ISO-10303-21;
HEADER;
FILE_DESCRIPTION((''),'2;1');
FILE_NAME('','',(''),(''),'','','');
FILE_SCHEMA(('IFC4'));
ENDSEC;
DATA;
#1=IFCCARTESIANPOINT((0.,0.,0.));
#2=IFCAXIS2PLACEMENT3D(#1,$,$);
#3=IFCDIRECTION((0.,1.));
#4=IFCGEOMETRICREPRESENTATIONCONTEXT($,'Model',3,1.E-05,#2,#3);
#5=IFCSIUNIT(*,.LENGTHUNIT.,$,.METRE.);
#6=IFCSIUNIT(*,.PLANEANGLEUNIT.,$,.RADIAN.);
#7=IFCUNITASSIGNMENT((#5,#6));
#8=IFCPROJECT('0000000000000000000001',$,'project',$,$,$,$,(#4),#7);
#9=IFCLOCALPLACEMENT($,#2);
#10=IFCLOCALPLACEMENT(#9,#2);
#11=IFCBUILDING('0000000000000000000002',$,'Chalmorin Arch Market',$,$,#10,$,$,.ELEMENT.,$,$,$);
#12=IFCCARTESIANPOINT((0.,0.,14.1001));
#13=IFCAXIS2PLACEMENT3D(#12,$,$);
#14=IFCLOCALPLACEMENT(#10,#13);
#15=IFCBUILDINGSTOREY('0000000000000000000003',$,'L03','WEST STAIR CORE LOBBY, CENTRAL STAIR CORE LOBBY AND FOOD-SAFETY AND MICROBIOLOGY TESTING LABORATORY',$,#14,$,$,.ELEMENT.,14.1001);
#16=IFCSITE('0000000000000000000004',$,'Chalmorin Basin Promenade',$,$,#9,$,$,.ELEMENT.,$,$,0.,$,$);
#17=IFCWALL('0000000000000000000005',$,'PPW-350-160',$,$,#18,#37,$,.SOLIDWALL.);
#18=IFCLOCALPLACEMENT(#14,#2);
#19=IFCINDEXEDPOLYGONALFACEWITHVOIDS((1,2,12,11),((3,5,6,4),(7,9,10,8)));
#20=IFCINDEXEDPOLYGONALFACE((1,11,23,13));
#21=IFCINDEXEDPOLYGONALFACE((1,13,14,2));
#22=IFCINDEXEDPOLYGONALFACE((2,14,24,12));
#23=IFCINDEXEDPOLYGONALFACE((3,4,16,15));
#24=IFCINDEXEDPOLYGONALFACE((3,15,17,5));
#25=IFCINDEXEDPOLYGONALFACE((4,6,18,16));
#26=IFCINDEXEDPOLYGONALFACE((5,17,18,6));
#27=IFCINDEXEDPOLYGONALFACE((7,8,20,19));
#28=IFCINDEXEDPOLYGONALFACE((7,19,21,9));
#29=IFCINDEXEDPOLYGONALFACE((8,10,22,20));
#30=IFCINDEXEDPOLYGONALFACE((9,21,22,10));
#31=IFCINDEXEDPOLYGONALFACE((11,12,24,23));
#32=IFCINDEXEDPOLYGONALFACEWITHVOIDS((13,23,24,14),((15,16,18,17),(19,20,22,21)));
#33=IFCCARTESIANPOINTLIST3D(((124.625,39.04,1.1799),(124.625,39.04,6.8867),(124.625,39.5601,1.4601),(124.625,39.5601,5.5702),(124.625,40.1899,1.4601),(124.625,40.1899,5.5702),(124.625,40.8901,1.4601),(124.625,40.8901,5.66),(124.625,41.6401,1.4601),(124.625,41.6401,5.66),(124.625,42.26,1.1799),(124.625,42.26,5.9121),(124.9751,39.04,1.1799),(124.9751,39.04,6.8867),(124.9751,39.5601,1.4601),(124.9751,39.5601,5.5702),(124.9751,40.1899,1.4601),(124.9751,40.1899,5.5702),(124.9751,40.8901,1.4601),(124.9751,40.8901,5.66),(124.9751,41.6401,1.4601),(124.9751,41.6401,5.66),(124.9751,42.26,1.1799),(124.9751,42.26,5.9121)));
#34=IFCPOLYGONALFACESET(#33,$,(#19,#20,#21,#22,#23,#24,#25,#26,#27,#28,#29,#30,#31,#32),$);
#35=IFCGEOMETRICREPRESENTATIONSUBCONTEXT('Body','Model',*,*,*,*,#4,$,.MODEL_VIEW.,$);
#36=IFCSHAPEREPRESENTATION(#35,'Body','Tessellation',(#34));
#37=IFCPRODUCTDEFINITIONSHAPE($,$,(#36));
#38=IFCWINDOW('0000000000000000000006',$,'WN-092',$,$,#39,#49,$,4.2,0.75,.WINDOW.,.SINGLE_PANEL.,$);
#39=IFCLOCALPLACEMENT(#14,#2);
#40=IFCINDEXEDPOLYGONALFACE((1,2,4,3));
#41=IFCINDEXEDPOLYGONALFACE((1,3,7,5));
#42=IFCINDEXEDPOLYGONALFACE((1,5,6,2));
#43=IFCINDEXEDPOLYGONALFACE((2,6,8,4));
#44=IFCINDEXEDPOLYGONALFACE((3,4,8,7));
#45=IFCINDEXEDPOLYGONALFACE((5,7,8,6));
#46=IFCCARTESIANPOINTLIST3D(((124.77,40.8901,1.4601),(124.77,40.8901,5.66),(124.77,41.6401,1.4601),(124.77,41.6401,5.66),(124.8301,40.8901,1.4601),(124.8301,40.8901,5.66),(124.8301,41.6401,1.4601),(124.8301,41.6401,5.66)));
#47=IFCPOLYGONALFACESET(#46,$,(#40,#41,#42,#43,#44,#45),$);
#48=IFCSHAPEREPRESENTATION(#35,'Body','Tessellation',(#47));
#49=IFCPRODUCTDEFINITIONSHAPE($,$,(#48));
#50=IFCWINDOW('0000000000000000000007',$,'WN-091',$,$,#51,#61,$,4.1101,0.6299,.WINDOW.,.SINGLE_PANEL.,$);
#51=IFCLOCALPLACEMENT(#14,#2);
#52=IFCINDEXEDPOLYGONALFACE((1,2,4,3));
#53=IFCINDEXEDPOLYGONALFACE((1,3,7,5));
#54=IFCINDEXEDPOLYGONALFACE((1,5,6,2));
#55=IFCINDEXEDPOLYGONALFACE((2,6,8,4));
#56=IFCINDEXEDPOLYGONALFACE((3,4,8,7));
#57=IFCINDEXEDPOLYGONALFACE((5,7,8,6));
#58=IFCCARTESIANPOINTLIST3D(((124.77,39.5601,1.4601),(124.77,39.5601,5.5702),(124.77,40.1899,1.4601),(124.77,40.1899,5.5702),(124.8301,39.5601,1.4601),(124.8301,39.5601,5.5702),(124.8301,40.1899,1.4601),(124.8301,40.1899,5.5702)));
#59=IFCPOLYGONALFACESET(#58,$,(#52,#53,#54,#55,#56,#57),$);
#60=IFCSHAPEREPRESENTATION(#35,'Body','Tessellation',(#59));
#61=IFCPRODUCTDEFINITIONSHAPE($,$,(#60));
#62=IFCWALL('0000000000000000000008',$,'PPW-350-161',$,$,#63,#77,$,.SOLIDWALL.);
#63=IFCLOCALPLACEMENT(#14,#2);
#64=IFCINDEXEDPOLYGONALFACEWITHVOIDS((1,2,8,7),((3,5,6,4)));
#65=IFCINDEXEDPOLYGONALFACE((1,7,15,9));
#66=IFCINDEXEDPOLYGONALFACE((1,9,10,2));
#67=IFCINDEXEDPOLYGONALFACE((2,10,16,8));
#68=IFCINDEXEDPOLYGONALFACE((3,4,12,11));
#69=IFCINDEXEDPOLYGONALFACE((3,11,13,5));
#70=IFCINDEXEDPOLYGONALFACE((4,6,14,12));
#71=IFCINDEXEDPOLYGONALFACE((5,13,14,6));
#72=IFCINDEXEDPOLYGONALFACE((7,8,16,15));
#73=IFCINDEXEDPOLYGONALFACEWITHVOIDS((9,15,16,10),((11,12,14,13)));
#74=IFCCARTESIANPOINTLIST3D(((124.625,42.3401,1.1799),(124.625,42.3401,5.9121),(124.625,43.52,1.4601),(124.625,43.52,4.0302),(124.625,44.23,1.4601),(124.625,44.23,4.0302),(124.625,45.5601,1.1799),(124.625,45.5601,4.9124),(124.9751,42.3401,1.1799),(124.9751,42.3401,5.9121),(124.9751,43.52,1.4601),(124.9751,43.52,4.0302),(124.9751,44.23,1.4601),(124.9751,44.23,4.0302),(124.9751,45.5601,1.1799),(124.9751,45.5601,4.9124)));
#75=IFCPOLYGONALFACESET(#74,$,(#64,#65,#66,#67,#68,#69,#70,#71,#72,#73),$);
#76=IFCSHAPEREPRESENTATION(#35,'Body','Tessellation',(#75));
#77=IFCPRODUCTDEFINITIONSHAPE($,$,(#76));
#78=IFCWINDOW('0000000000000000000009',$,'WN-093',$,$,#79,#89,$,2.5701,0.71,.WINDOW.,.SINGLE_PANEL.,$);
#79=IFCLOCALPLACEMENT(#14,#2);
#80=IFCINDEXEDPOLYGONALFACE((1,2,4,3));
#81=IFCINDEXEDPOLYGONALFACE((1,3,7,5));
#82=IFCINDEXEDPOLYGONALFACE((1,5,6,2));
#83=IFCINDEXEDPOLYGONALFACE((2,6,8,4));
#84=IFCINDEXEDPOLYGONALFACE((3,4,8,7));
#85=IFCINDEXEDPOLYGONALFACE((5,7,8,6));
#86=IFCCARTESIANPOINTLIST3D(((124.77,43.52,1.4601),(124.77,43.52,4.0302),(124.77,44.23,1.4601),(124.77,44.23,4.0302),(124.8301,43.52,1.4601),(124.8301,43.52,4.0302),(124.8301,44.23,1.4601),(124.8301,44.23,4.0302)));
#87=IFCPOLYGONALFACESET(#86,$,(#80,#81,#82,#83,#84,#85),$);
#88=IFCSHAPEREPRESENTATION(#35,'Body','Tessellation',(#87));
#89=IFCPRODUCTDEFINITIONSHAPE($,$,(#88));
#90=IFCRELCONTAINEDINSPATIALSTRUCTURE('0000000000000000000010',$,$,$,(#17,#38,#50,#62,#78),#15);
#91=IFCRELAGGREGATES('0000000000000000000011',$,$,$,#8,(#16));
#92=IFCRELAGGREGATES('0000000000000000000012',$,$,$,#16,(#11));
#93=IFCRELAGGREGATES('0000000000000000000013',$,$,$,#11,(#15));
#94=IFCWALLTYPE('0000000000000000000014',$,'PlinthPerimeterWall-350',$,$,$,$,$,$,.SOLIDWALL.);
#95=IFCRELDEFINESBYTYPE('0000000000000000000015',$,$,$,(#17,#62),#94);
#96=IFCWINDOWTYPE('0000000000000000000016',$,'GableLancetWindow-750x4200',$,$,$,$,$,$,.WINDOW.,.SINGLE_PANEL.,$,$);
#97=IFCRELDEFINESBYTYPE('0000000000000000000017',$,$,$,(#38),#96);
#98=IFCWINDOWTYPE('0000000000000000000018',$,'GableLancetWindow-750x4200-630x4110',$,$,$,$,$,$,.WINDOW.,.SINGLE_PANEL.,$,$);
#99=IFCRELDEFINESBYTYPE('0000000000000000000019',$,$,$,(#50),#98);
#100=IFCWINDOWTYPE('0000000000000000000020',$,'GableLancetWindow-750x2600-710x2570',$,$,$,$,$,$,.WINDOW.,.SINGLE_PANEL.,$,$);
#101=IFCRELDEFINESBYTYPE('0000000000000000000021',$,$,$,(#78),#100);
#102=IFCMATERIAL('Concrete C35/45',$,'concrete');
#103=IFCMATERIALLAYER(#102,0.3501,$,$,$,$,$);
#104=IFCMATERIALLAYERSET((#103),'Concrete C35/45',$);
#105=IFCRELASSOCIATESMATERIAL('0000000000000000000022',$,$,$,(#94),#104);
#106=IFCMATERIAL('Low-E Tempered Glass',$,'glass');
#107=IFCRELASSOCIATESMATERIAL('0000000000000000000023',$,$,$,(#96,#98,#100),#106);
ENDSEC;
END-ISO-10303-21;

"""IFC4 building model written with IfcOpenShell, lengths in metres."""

from ifc_helpers import new_model, si_unit, direction, frame, frame_2d, origin, place, context, subcontext, project, spatial, polyline, rectangle, outline, extrude, material, layer, layer_set, type_object, element, fill, save


model = new_model("IFC4")

# Units and contexts
model_context = context("Model", 3, precision=1e-05, world=origin(), true_north=direction((0.0, 1.0)))
body_context = subcontext(model_context, "Body", "Model", "MODEL_VIEW")
ifc_project = project(units=[si_unit("LENGTHUNIT", "METRE"), si_unit("PLANEANGLEUNIT", "RADIAN")], contexts=[model_context])

# Site, building, storey
site_placement = place(None, origin())
site = spatial("IfcSite", under=ifc_project, at=site_placement, Name="Chalmorin Basin Promenade", CompositionType="ELEMENT", RefElevation=0.0)
building_placement = place(site_placement, origin())
building = spatial("IfcBuilding", under=site, at=building_placement, Name="Chalmorin Arch Market", CompositionType="ELEMENT")
storey_placement = place(building_placement, frame((0.0, 0.0, 14.1001)))
storey = spatial("IfcBuildingStorey", under=building, at=storey_placement, Name="L03", Description="WEST STAIR CORE LOBBY, CENTRAL STAIR CORE LOBBY AND FOOD-SAFETY AND MICROBIOLOGY TESTING LABORATORY", CompositionType="ELEMENT", Elevation=14.1001)

# Wall, openings, windows
ifc_material_1 = material(Name="Concrete C35/45", Category="concrete")
ifc_layer_1 = layer(ifc_material_1, 0.3501)
ifc_layer_set_1 = layer_set([ifc_layer_1], Name="Concrete C35/45")
wall_type = type_object("IfcWallType", Name="PlinthPerimeterWall-350", PredefinedType="SOLIDWALL", material=ifc_layer_set_1)
wall_1_placement = place(storey_placement, frame((124.8, 39.04, 1.1799), z_axis=(0.0, 0.0, 1.0), x_axis=(0.0, 1.0, 0.0)))
wall_1 = element("IfcWall", 1, at=wall_1_placement, inside=storey, type_object=wall_type, Name="PPW-350-160", PredefinedType="SOLIDWALL", context=body_context, shape_type="SweptSolid", body=[
    extrude(outline(polyline([(0.0, 0.0), (3.22, 0.0), (3.22, 4.7322), (0.0, 5.7068), (0.0, 0.0)])), frame((0.0, 0.175, 0.0), z_axis=(0.0, -1.0, 0.0), x_axis=(1.0, 0.0, 0.0)), (0.0, 0.0, 1.0), 0.3501),
])
opening_1_placement = place(wall_1_placement, frame((0.52, 0.0, 0.28)))
opening_1 = element("IfcOpeningElement", 2, at=opening_1_placement, cuts=wall_1, PredefinedType="OPENING", context=body_context, shape_type="SweptSolid", body=[
    extrude(rectangle(XDim=0.6299, YDim=4.1101, at=frame_2d((0.3149, 2.0552))), frame((0.0, 0.1851, 0.0), z_axis=(0.0, -1.0, 0.0), x_axis=(1.0, 0.0, 0.0)), (0.0, 0.0, 1.0), 0.3701),
])
opening_2_placement = place(wall_1_placement, frame((1.8501, 0.0, 0.28)))
opening_2 = element("IfcOpeningElement", 3, at=opening_2_placement, cuts=wall_1, PredefinedType="OPENING", context=body_context, shape_type="SweptSolid", body=[
    extrude(rectangle(XDim=0.75, YDim=4.2, at=frame_2d((0.375, 2.1001))), frame((0.0, 0.1851, 0.0), z_axis=(0.0, -1.0, 0.0), x_axis=(1.0, 0.0, 0.0)), (0.0, 0.0, 1.0), 0.3701),
])
ifc_material_2 = material(Name="Low-E Tempered Glass", Category="glass")
window_type_1 = type_object("IfcWindowType", Name="GableLancetWindow-750x4200", PartitioningType="SINGLE_PANEL", PredefinedType="WINDOW", material=ifc_material_2)
window_1_placement = place(opening_2_placement, origin())
window_1 = element("IfcWindow", 4, at=window_1_placement, inside=storey, type_object=window_type_1, Name="WN-092", OverallHeight=4.2, OverallWidth=0.75, PartitioningType="SINGLE_PANEL", PredefinedType="WINDOW", context=body_context, shape_type="SweptSolid", body=[
    extrude(rectangle(XDim=0.75, YDim=4.2, at=frame_2d((0.375, 2.1001))), frame((0.0, 0.03, 0.0), z_axis=(0.0, -1.0, 0.0), x_axis=(1.0, 0.0, 0.0)), (0.0, 0.0, 1.0), 0.0601),
])
fill(opening_2, window_1)
window_type_2 = type_object("IfcWindowType", Name="GableLancetWindow-750x4200-630x4110", PartitioningType="SINGLE_PANEL", PredefinedType="WINDOW", material=ifc_material_2)
window_2_placement = place(opening_1_placement, origin())
window_2 = element("IfcWindow", 5, at=window_2_placement, inside=storey, type_object=window_type_2, Name="WN-091", OverallHeight=4.1101, OverallWidth=0.6299, PartitioningType="SINGLE_PANEL", PredefinedType="WINDOW", context=body_context, shape_type="SweptSolid", body=[
    extrude(rectangle(XDim=0.6299, YDim=4.1101, at=frame_2d((0.3149, 2.0552))), frame((0.0, 0.03, 0.0), z_axis=(0.0, -1.0, 0.0), x_axis=(1.0, 0.0, 0.0)), (0.0, 0.0, 1.0), 0.0601),
])
fill(opening_1, window_2)

# Wall, opening, window
wall_2_placement = place(storey_placement, frame((124.8, 42.3401, 1.1799), z_axis=(0.0, 0.0, 1.0), x_axis=(0.0, 1.0, 0.0)))
wall_2 = element("IfcWall", 6, at=wall_2_placement, inside=storey, type_object=wall_type, Name="PPW-350-161", PredefinedType="SOLIDWALL", context=body_context, shape_type="SweptSolid", body=[
    extrude(outline(polyline([(0.0, 0.0), (3.22, 0.0), (3.22, 3.7324), (0.0, 4.7322), (0.0, 0.0)])), frame((0.0, 0.175, 0.0), z_axis=(0.0, -1.0, 0.0), x_axis=(1.0, 0.0, 0.0)), (0.0, 0.0, 1.0), 0.3501),
])
opening_3_placement = place(wall_2_placement, frame((1.1799, 0.0, 0.28)))
opening_3 = element("IfcOpeningElement", 7, at=opening_3_placement, cuts=wall_2, PredefinedType="OPENING", context=body_context, shape_type="SweptSolid", body=[
    extrude(rectangle(XDim=0.71, YDim=2.5701, at=frame_2d((0.355, 1.2852))), frame((0.0, 0.1851, 0.0), z_axis=(0.0, -1.0, 0.0), x_axis=(1.0, 0.0, 0.0)), (0.0, 0.0, 1.0), 0.3701),
])
window_type_3 = type_object("IfcWindowType", Name="GableLancetWindow-750x2600-710x2570", PartitioningType="SINGLE_PANEL", PredefinedType="WINDOW", material=ifc_material_2)
window_3_placement = place(opening_3_placement, origin())
window_3 = element("IfcWindow", 8, at=window_3_placement, inside=storey, type_object=window_type_3, Name="WN-093", OverallHeight=2.5701, OverallWidth=0.71, PartitioningType="SINGLE_PANEL", PredefinedType="WINDOW", context=body_context, shape_type="SweptSolid", body=[
    extrude(rectangle(XDim=0.71, YDim=2.5701, at=frame_2d((0.355, 1.2852))), frame((0.0, 0.03, 0.0), z_axis=(0.0, -1.0, 0.0), x_axis=(1.0, 0.0, 0.0)), (0.0, 0.0, 1.0), 0.0601),
])
fill(opening_3, window_3)

save(model, "model.ifc")
